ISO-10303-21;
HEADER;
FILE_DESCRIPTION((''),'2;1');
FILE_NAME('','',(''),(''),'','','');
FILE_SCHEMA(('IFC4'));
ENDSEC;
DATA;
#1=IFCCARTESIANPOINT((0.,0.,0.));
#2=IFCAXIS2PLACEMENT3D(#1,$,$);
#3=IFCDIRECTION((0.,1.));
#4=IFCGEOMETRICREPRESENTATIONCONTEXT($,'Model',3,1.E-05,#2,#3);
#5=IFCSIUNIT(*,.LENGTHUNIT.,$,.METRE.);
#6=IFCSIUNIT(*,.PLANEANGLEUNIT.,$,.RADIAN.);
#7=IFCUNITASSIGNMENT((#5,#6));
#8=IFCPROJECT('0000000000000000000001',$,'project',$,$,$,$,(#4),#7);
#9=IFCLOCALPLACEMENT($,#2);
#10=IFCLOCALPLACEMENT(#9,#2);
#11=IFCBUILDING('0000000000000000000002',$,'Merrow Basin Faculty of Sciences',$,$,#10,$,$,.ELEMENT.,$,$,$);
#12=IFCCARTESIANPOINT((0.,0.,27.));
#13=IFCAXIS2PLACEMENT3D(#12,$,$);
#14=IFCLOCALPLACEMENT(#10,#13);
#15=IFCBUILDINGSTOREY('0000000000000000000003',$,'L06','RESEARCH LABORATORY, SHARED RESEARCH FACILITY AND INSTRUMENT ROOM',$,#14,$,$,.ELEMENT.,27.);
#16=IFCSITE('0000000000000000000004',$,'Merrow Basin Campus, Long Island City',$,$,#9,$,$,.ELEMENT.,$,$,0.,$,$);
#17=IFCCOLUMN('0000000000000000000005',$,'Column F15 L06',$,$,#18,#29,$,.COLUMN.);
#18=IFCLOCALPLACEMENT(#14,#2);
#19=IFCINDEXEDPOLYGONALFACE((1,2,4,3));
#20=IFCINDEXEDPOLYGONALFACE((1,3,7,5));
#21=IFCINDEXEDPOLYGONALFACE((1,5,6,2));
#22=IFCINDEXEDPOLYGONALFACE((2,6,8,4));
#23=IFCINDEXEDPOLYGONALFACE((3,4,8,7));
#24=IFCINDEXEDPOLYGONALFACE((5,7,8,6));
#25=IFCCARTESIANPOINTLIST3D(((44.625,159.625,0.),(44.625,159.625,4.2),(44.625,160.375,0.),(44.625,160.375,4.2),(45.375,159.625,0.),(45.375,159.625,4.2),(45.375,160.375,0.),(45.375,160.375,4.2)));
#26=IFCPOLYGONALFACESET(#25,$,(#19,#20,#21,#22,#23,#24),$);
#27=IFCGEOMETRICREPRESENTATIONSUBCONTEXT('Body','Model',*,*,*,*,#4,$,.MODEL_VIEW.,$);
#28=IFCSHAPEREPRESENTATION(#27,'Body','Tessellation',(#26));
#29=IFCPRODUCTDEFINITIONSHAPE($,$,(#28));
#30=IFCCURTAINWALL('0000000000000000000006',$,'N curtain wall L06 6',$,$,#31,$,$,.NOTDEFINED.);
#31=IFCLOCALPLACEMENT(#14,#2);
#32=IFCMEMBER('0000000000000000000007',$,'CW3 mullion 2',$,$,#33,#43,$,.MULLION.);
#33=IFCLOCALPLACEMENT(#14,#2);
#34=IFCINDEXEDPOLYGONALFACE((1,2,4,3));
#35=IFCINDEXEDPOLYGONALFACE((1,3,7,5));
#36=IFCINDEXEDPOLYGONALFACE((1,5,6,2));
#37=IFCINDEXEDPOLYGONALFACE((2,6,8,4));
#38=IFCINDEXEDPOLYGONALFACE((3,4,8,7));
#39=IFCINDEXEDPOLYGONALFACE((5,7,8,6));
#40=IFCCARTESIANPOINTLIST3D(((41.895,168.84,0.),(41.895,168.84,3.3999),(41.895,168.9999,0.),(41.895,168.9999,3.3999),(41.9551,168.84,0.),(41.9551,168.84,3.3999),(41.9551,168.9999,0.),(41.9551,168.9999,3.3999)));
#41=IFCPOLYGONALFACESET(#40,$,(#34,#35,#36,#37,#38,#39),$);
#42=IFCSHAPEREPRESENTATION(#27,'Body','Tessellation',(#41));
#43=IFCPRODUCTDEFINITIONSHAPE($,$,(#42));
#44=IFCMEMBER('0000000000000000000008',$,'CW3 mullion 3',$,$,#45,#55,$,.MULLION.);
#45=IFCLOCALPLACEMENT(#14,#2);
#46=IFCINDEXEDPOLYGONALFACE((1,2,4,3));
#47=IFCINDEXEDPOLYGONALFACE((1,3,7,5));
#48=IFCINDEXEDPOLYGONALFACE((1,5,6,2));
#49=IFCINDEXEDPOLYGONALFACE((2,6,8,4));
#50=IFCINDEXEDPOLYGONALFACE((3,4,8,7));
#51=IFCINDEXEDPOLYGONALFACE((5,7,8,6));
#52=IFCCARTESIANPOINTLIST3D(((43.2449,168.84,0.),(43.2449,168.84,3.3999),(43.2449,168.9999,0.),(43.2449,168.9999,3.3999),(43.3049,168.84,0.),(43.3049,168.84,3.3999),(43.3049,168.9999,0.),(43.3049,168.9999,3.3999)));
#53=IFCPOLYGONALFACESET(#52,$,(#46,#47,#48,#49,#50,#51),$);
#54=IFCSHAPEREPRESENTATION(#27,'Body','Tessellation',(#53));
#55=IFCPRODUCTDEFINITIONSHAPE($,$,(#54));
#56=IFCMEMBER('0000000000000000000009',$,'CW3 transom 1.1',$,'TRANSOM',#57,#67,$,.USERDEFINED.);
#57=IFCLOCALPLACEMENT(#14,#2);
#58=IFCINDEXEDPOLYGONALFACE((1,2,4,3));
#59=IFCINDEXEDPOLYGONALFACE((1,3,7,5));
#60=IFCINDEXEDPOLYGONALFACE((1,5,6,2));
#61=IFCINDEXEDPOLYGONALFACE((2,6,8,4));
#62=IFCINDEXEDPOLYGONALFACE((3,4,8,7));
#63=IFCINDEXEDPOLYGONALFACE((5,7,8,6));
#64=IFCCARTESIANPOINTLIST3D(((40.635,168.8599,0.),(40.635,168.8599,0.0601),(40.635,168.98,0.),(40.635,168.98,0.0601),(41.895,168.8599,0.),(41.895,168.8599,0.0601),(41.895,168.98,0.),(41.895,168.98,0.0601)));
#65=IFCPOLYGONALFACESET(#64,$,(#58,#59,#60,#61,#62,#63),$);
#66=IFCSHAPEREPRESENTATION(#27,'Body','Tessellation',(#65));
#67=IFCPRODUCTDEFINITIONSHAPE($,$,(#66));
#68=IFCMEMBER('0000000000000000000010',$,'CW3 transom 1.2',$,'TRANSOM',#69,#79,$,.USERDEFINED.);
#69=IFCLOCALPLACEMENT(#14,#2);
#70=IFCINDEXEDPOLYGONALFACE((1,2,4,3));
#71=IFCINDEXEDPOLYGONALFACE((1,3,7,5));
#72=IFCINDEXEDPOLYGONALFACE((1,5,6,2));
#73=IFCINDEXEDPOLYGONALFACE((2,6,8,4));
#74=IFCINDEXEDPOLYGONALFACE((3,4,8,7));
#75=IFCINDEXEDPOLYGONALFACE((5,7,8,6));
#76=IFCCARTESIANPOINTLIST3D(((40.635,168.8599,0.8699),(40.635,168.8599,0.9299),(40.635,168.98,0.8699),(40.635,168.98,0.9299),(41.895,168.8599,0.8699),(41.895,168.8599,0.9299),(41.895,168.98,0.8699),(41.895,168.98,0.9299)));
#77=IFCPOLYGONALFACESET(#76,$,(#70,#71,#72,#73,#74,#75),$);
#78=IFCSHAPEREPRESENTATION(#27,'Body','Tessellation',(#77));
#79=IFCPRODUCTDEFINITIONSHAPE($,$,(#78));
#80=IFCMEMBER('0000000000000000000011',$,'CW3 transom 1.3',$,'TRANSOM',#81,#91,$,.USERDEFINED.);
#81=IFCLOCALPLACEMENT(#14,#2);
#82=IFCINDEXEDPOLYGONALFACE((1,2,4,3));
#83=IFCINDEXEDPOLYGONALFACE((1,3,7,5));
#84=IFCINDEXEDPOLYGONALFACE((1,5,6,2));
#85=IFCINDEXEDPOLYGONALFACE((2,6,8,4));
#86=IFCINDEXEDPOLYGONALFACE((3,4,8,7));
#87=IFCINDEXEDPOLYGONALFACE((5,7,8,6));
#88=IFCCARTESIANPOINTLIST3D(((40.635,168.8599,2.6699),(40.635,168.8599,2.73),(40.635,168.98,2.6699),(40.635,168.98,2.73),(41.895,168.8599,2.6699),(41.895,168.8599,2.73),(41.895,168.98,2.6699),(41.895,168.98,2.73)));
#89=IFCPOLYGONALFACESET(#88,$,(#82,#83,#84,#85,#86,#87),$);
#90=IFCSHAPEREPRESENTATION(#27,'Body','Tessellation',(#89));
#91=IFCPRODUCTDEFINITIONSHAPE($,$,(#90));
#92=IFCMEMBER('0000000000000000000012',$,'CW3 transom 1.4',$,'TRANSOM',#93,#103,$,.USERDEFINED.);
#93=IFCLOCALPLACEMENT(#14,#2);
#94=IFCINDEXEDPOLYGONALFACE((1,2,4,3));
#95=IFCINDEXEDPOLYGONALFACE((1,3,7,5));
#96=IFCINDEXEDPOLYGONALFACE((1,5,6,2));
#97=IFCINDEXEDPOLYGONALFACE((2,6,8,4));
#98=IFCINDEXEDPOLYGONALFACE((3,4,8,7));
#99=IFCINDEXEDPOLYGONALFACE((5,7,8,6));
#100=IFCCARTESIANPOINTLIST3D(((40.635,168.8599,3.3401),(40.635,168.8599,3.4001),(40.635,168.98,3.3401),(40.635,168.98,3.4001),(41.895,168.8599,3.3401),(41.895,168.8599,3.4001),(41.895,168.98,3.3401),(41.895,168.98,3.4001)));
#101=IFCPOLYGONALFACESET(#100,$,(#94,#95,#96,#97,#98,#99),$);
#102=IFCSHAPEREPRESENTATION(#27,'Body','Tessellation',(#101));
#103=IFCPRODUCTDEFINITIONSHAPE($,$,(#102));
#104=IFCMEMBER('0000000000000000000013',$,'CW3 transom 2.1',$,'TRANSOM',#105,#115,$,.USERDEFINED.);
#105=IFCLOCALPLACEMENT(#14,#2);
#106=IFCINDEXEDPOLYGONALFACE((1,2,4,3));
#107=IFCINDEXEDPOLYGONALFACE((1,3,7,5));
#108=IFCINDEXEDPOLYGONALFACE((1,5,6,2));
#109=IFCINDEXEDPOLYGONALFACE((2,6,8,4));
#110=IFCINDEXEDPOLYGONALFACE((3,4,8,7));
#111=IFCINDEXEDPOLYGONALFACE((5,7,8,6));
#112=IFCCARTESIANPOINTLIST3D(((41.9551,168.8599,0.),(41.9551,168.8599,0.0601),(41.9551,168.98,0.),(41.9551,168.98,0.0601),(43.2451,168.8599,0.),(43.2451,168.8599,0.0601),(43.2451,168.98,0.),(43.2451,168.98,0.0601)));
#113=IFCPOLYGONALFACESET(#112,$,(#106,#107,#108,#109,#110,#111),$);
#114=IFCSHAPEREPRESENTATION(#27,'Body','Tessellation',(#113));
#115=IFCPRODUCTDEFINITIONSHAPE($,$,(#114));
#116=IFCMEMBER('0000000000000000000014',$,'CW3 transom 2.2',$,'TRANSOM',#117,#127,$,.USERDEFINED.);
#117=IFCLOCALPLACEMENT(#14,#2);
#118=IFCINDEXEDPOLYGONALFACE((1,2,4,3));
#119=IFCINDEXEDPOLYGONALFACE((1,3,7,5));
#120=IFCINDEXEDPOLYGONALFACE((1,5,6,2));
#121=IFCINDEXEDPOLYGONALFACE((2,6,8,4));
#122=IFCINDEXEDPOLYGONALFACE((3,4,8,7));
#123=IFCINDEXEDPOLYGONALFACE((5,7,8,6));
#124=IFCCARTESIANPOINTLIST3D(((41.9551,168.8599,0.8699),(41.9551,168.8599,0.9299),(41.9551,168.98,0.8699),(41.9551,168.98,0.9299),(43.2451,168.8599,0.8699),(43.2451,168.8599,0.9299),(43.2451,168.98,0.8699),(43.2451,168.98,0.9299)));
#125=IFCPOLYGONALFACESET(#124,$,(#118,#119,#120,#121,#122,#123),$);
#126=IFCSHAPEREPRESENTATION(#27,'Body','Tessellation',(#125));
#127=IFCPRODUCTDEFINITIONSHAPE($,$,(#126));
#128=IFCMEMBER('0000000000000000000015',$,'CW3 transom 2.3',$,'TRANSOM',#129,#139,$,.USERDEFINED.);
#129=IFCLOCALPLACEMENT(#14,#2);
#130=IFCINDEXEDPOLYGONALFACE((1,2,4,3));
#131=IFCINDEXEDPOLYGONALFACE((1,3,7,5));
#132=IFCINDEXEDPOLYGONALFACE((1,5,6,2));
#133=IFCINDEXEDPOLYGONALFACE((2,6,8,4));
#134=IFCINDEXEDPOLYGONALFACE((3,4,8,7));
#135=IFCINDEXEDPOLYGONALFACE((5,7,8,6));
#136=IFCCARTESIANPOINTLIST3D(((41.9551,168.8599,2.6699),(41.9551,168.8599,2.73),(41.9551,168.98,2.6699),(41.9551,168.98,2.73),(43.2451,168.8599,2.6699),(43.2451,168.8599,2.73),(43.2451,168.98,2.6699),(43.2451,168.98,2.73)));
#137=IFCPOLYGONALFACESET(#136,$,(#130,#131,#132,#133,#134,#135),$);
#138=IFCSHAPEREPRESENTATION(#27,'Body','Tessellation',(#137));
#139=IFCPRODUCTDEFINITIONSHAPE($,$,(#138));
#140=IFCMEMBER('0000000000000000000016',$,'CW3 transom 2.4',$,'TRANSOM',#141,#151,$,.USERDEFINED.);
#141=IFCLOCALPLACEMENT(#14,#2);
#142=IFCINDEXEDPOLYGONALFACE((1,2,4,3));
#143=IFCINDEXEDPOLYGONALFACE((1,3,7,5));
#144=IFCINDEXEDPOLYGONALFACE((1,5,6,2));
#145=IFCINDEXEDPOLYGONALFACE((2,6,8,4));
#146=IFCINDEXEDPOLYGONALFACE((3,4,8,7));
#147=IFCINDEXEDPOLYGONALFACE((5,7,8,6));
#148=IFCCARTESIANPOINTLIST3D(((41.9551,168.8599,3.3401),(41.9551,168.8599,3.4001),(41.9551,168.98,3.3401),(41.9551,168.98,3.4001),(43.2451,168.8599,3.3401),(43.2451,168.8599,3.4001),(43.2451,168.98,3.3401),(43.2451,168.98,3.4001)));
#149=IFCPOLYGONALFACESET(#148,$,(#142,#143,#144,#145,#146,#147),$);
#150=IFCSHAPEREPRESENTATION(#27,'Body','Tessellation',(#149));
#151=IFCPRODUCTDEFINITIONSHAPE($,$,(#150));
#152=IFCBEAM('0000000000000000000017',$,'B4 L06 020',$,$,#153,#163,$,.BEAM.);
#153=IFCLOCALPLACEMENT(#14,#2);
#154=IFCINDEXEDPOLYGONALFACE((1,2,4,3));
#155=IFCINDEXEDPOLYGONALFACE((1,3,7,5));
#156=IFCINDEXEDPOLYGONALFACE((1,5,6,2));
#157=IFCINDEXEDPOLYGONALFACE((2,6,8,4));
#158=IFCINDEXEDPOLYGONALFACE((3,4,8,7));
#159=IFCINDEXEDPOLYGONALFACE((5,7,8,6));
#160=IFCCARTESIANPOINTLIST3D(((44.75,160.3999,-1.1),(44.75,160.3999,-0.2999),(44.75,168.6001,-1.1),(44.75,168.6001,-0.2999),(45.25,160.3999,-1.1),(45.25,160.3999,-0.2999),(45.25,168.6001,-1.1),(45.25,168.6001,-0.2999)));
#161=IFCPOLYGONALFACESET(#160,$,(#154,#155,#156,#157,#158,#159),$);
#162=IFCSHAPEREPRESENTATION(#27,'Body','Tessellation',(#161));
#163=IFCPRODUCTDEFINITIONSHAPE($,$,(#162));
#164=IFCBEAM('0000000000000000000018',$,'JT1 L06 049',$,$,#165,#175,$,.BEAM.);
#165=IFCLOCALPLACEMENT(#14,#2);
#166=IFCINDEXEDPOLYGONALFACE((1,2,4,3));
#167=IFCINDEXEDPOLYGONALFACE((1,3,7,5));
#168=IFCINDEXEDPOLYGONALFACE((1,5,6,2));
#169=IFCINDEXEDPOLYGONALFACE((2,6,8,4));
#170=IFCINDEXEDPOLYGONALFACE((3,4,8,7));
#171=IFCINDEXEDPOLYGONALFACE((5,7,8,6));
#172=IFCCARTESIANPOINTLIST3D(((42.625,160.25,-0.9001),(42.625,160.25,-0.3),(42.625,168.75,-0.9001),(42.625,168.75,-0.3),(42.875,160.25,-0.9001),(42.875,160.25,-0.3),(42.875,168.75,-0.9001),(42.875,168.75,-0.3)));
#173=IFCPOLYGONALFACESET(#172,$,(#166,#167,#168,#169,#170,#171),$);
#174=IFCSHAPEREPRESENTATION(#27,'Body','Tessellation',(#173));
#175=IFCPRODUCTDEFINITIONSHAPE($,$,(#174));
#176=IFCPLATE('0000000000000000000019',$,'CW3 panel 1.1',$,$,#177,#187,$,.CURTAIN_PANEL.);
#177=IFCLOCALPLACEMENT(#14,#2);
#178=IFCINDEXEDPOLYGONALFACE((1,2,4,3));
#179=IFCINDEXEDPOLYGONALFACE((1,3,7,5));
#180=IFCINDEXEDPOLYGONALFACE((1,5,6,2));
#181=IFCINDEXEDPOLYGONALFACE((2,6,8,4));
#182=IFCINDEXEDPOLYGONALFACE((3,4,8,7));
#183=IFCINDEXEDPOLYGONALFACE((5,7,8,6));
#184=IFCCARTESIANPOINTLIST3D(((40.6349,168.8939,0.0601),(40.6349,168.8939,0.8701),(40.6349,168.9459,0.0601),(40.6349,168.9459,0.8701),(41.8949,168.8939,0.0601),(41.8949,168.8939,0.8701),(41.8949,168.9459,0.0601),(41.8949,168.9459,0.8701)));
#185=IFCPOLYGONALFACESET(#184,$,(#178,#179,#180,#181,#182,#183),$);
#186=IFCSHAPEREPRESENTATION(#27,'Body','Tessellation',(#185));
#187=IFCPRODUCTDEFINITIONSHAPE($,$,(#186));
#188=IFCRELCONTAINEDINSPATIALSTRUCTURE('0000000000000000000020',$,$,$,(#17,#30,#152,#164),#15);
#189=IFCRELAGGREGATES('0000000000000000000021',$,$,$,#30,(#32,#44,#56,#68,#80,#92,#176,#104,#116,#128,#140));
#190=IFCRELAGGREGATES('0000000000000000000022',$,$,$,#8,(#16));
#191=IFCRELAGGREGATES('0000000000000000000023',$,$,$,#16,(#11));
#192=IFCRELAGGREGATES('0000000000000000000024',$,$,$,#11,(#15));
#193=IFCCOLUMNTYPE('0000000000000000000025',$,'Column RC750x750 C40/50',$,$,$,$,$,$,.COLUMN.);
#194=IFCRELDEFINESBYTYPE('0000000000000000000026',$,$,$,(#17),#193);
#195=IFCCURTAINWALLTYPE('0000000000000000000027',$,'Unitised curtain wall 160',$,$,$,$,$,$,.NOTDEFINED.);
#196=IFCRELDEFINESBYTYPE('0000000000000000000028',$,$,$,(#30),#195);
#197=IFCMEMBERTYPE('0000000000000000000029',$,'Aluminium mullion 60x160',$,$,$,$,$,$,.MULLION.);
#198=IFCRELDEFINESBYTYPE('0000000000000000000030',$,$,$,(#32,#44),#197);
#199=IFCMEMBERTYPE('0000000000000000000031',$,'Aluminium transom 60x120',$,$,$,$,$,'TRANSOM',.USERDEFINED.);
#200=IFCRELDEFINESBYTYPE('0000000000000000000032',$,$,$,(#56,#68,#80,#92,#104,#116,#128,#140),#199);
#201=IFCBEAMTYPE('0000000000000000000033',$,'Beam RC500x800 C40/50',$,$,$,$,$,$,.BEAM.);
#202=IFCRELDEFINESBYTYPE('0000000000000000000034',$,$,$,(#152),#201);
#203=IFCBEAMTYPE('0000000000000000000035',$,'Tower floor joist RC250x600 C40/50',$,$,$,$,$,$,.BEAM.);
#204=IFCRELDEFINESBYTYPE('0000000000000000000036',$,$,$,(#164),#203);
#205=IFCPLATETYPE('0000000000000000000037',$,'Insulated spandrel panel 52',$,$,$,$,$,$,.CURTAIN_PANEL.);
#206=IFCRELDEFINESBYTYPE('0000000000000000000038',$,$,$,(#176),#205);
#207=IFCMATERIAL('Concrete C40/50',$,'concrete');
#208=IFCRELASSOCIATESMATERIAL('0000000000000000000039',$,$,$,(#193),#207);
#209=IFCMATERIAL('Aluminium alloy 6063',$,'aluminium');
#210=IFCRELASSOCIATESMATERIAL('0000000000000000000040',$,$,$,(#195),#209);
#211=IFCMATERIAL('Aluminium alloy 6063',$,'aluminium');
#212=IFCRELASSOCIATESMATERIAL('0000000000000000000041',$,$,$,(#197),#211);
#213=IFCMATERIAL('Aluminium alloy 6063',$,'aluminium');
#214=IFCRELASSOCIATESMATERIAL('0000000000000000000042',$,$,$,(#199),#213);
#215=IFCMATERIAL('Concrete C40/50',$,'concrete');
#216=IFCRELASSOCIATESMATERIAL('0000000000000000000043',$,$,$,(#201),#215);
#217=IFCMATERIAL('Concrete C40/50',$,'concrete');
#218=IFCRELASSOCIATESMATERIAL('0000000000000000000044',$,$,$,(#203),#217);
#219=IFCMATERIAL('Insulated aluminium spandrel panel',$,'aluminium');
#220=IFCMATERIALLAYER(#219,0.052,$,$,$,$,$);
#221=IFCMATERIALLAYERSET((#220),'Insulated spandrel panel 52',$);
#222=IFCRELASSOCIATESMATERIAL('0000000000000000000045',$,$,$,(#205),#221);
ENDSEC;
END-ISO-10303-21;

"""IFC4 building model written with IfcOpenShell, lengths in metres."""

from ifc_helpers import new_model, si_unit, direction, frame, origin, origin_2d, place, context, subcontext, project, spatial, rectangle, extrude, material, layer, layer_set, material_profile, profile_set, type_object, element, aggregate, save


model = new_model("IFC4")

# Units and contexts
model_context = context("Model", 3, precision=1e-05, world=origin(), true_north=direction((0.0, 1.0)))
body_context = subcontext(model_context, "Body", "Model", "MODEL_VIEW")
ifc_project = project(units=[si_unit("LENGTHUNIT", "METRE"), si_unit("PLANEANGLEUNIT", "RADIAN")], contexts=[model_context])

# Site, building, storey
site_placement = place(None, origin())
site = spatial("IfcSite", under=ifc_project, at=site_placement, Name="Merrow Basin Campus, Long Island City", CompositionType="ELEMENT", RefElevation=0.0)
building_placement = place(site_placement, origin())
building = spatial("IfcBuilding", under=site, at=building_placement, Name="Merrow Basin Faculty of Sciences", CompositionType="ELEMENT")
storey_placement = place(building_placement, frame((0.0, 0.0, 27.0)))
storey = spatial("IfcBuildingStorey", under=building, at=storey_placement, Name="L06", Description="RESEARCH LABORATORY, SHARED RESEARCH FACILITY AND INSTRUMENT ROOM", CompositionType="ELEMENT", Elevation=27.0)

# Column
ifc_material_1 = material(Name="Concrete C40/50", Category="concrete")
ifc_material_profile_1 = material_profile(ifc_material_1, rectangle(XDim=0.75, YDim=0.75, at=origin_2d()))
ifc_profile_set_1 = profile_set([ifc_material_profile_1], Name="Concrete C40/50")
column_type = type_object("IfcColumnType", Name="Column RC750x750 C40/50", PredefinedType="COLUMN", material=ifc_profile_set_1)
column_placement = place(storey_placement, frame((45.0, 160.0, 0.0), z_axis=(0.0, 0.0, 1.0), x_axis=(1.0, 0.0, 0.0)))
element("IfcColumn", 1, at=column_placement, inside=storey, type_object=column_type, Name="Column F15 L06", PredefinedType="COLUMN", context=body_context, shape_type="SweptSolid", body=[
    extrude(rectangle(XDim=0.75, YDim=0.75, at=origin_2d()), origin(), (0.0, 0.0, 1.0), 4.2),
])

# Curtain wall, members
ifc_material_2 = material(Name="Aluminium alloy 6063", Category="aluminium")
curtain_wall_type = type_object("IfcCurtainWallType", Name="Unitised curtain wall 160", PredefinedType="NOTDEFINED", material=ifc_material_2)
curtain_wall_placement = place(storey_placement, origin())
curtain_wall = element("IfcCurtainWall", 2, at=curtain_wall_placement, inside=storey, type_object=curtain_wall_type, Name="N curtain wall L06 6", PredefinedType="NOTDEFINED")
ifc_material_3 = material(Name="Aluminium alloy 6063", Category="aluminium")
ifc_material_profile_2 = material_profile(ifc_material_3, rectangle(XDim=0.1599, YDim=0.0601, at=origin_2d()))
ifc_profile_set_2 = profile_set([ifc_material_profile_2], Name="Aluminium alloy 6063")
member_type_1 = type_object("IfcMemberType", Name="Aluminium mullion 60x160", PredefinedType="MULLION", material=ifc_profile_set_2)
member_1_placement = place(storey_placement, frame((41.925, 168.9199, 0.0), z_axis=(0.0, 0.0, 1.0), x_axis=(0.0, 1.0, 0.0)))
member_1 = element("IfcMember", 3, at=member_1_placement, type_object=member_type_1, Name="CW3 mullion 2", PredefinedType="MULLION", context=body_context, shape_type="SweptSolid", body=[
    extrude(rectangle(XDim=0.1599, YDim=0.0601, at=origin_2d()), origin(), (0.0, 0.0, 1.0), 3.3999),
])
member_2_placement = place(storey_placement, frame((43.2749, 168.9199, 0.0), z_axis=(0.0, 0.0, 1.0), x_axis=(0.0, 1.0, 0.0)))
member_2 = element("IfcMember", 4, at=member_2_placement, type_object=member_type_1, Name="CW3 mullion 3", PredefinedType="MULLION", context=body_context, shape_type="SweptSolid", body=[
    extrude(rectangle(XDim=0.1599, YDim=0.0601, at=origin_2d()), origin(), (0.0, 0.0, 1.0), 3.3999),
])
ifc_material_4 = material(Name="Aluminium alloy 6063", Category="aluminium")
ifc_material_profile_3 = material_profile(ifc_material_4, rectangle(XDim=0.1201, YDim=0.0601, at=origin_2d()))
ifc_profile_set_3 = profile_set([ifc_material_profile_3], Name="Aluminium alloy 6063")
member_type_2 = type_object("IfcMemberType", Name="Aluminium transom 60x120", ElementType="TRANSOM", PredefinedType="USERDEFINED", material=ifc_profile_set_3)
member_3_placement = place(storey_placement, frame((40.635, 168.9199, 0.03), z_axis=(1.0, 0.0, 0.0), x_axis=(0.0, 1.0, 0.0)))
member_3 = element("IfcMember", 5, at=member_3_placement, type_object=member_type_2, Name="CW3 transom 1.1", ObjectType="TRANSOM", PredefinedType="USERDEFINED", context=body_context, shape_type="SweptSolid", body=[
    extrude(rectangle(XDim=0.1201, YDim=0.0601, at=origin_2d()), origin(), (0.0, 0.0, 1.0), 1.26),
])
member_4_placement = place(storey_placement, frame((40.635, 168.9199, 0.8999), z_axis=(1.0, 0.0, 0.0), x_axis=(0.0, 1.0, 0.0)))
member_4 = element("IfcMember", 6, at=member_4_placement, type_object=member_type_2, Name="CW3 transom 1.2", ObjectType="TRANSOM", PredefinedType="USERDEFINED", context=body_context, shape_type="SweptSolid", body=[
    extrude(rectangle(XDim=0.1201, YDim=0.0601, at=origin_2d()), origin(), (0.0, 0.0, 1.0), 1.26),
])
member_5_placement = place(storey_placement, frame((40.635, 168.9199, 2.7), z_axis=(1.0, 0.0, 0.0), x_axis=(0.0, 1.0, 0.0)))
member_5 = element("IfcMember", 7, at=member_5_placement, type_object=member_type_2, Name="CW3 transom 1.3", ObjectType="TRANSOM", PredefinedType="USERDEFINED", context=body_context, shape_type="SweptSolid", body=[
    extrude(rectangle(XDim=0.1201, YDim=0.0601, at=origin_2d()), origin(), (0.0, 0.0, 1.0), 1.26),
])
member_6_placement = place(storey_placement, frame((40.635, 168.9199, 3.3701), z_axis=(1.0, 0.0, 0.0), x_axis=(0.0, 1.0, 0.0)))
member_6 = element("IfcMember", 8, at=member_6_placement, type_object=member_type_2, Name="CW3 transom 1.4", ObjectType="TRANSOM", PredefinedType="USERDEFINED", context=body_context, shape_type="SweptSolid", body=[
    extrude(rectangle(XDim=0.1201, YDim=0.0601, at=origin_2d()), origin(), (0.0, 0.0, 1.0), 1.26),
])
member_7_placement = place(storey_placement, frame((41.9551, 168.9199, 0.03), z_axis=(1.0, 0.0, 0.0), x_axis=(0.0, 1.0, 0.0)))
member_7 = element("IfcMember", 9, at=member_7_placement, type_object=member_type_2, Name="CW3 transom 2.1", ObjectType="TRANSOM", PredefinedType="USERDEFINED", context=body_context, shape_type="SweptSolid", body=[
    extrude(rectangle(XDim=0.1201, YDim=0.0601, at=origin_2d()), origin(), (0.0, 0.0, 1.0), 1.29),
])
member_8_placement = place(storey_placement, frame((41.9551, 168.9199, 0.8999), z_axis=(1.0, 0.0, 0.0), x_axis=(0.0, 1.0, 0.0)))
member_8 = element("IfcMember", 10, at=member_8_placement, type_object=member_type_2, Name="CW3 transom 2.2", ObjectType="TRANSOM", PredefinedType="USERDEFINED", context=body_context, shape_type="SweptSolid", body=[
    extrude(rectangle(XDim=0.1201, YDim=0.0601, at=origin_2d()), origin(), (0.0, 0.0, 1.0), 1.29),
])
member_9_placement = place(storey_placement, frame((41.9551, 168.9199, 2.7), z_axis=(1.0, 0.0, 0.0), x_axis=(0.0, 1.0, 0.0)))
member_9 = element("IfcMember", 11, at=member_9_placement, type_object=member_type_2, Name="CW3 transom 2.3", ObjectType="TRANSOM", PredefinedType="USERDEFINED", context=body_context, shape_type="SweptSolid", body=[
    extrude(rectangle(XDim=0.1201, YDim=0.0601, at=origin_2d()), origin(), (0.0, 0.0, 1.0), 1.29),
])
member_10_placement = place(storey_placement, frame((41.9551, 168.9199, 3.3701), z_axis=(1.0, 0.0, 0.0), x_axis=(0.0, 1.0, 0.0)))
member_10 = element("IfcMember", 12, at=member_10_placement, type_object=member_type_2, Name="CW3 transom 2.4", ObjectType="TRANSOM", PredefinedType="USERDEFINED", context=body_context, shape_type="SweptSolid", body=[
    extrude(rectangle(XDim=0.1201, YDim=0.0601, at=origin_2d()), origin(), (0.0, 0.0, 1.0), 1.29),
])

# Beams
ifc_material_5 = material(Name="Concrete C40/50", Category="concrete")
ifc_material_profile_4 = material_profile(ifc_material_5, rectangle(XDim=0.5, YDim=0.8, at=origin_2d()))
ifc_profile_set_4 = profile_set([ifc_material_profile_4], Name="Concrete C40/50")
beam_type_1 = type_object("IfcBeamType", Name="Beam RC500x800 C40/50", PredefinedType="BEAM", material=ifc_profile_set_4)
beam_1_placement = place(storey_placement, frame((45.0, 160.3999, -0.7), z_axis=(0.0, 1.0, 0.0), x_axis=(-1.0, 0.0, 0.0)))
element("IfcBeam", 13, at=beam_1_placement, inside=storey, type_object=beam_type_1, Name="B4 L06 020", PredefinedType="BEAM", context=body_context, shape_type="SweptSolid", body=[
    extrude(rectangle(XDim=0.5, YDim=0.8, at=origin_2d()), origin(), (0.0, 0.0, 1.0), 8.2002),
])
ifc_material_6 = material(Name="Concrete C40/50", Category="concrete")
ifc_material_profile_5 = material_profile(ifc_material_6, rectangle(XDim=0.25, YDim=0.6001, at=origin_2d()))
ifc_profile_set_5 = profile_set([ifc_material_profile_5], Name="Concrete C40/50")
beam_type_2 = type_object("IfcBeamType", Name="Tower floor joist RC250x600 C40/50", PredefinedType="BEAM", material=ifc_profile_set_5)
beam_2_placement = place(storey_placement, frame((42.75, 160.25, -0.6001), z_axis=(0.0, 1.0, 0.0), x_axis=(-1.0, 0.0, 0.0)))
element("IfcBeam", 14, at=beam_2_placement, inside=storey, type_object=beam_type_2, Name="JT1 L06 049", PredefinedType="BEAM", context=body_context, shape_type="SweptSolid", body=[
    extrude(rectangle(XDim=0.25, YDim=0.6001, at=origin_2d()), origin(), (0.0, 0.0, 1.0), 8.5),
])

# Plate
ifc_material_7 = material(Name="Insulated aluminium spandrel panel", Category="aluminium")
ifc_layer_1 = layer(ifc_material_7, 0.052)
ifc_layer_set_1 = layer_set([ifc_layer_1], Name="Insulated spandrel panel 52")
plate_type_1 = type_object("IfcPlateType", Name="Insulated spandrel panel 52", PredefinedType="CURTAIN_PANEL", material=ifc_layer_set_1)
plate_1_placement = place(storey_placement, frame((41.2649, 168.9199, 0.0601), z_axis=(0.0, 0.0, 1.0), x_axis=(1.0, 0.0, 0.0)))
plate_1 = element("IfcPlate", 15, at=plate_1_placement, type_object=plate_type_1, Name="CW3 panel 1.1", PredefinedType="CURTAIN_PANEL", context=body_context, shape_type="SweptSolid", body=[
    extrude(rectangle(XDim=1.26, YDim=0.052, at=origin_2d()), origin(), (0.0, 0.0, 1.0), 0.8101),
])
aggregate(curtain_wall, [member_1, member_2, member_3, member_4, member_5, member_6, plate_1, member_7, member_8, member_9, member_10])

save(model, "model.ifc")
